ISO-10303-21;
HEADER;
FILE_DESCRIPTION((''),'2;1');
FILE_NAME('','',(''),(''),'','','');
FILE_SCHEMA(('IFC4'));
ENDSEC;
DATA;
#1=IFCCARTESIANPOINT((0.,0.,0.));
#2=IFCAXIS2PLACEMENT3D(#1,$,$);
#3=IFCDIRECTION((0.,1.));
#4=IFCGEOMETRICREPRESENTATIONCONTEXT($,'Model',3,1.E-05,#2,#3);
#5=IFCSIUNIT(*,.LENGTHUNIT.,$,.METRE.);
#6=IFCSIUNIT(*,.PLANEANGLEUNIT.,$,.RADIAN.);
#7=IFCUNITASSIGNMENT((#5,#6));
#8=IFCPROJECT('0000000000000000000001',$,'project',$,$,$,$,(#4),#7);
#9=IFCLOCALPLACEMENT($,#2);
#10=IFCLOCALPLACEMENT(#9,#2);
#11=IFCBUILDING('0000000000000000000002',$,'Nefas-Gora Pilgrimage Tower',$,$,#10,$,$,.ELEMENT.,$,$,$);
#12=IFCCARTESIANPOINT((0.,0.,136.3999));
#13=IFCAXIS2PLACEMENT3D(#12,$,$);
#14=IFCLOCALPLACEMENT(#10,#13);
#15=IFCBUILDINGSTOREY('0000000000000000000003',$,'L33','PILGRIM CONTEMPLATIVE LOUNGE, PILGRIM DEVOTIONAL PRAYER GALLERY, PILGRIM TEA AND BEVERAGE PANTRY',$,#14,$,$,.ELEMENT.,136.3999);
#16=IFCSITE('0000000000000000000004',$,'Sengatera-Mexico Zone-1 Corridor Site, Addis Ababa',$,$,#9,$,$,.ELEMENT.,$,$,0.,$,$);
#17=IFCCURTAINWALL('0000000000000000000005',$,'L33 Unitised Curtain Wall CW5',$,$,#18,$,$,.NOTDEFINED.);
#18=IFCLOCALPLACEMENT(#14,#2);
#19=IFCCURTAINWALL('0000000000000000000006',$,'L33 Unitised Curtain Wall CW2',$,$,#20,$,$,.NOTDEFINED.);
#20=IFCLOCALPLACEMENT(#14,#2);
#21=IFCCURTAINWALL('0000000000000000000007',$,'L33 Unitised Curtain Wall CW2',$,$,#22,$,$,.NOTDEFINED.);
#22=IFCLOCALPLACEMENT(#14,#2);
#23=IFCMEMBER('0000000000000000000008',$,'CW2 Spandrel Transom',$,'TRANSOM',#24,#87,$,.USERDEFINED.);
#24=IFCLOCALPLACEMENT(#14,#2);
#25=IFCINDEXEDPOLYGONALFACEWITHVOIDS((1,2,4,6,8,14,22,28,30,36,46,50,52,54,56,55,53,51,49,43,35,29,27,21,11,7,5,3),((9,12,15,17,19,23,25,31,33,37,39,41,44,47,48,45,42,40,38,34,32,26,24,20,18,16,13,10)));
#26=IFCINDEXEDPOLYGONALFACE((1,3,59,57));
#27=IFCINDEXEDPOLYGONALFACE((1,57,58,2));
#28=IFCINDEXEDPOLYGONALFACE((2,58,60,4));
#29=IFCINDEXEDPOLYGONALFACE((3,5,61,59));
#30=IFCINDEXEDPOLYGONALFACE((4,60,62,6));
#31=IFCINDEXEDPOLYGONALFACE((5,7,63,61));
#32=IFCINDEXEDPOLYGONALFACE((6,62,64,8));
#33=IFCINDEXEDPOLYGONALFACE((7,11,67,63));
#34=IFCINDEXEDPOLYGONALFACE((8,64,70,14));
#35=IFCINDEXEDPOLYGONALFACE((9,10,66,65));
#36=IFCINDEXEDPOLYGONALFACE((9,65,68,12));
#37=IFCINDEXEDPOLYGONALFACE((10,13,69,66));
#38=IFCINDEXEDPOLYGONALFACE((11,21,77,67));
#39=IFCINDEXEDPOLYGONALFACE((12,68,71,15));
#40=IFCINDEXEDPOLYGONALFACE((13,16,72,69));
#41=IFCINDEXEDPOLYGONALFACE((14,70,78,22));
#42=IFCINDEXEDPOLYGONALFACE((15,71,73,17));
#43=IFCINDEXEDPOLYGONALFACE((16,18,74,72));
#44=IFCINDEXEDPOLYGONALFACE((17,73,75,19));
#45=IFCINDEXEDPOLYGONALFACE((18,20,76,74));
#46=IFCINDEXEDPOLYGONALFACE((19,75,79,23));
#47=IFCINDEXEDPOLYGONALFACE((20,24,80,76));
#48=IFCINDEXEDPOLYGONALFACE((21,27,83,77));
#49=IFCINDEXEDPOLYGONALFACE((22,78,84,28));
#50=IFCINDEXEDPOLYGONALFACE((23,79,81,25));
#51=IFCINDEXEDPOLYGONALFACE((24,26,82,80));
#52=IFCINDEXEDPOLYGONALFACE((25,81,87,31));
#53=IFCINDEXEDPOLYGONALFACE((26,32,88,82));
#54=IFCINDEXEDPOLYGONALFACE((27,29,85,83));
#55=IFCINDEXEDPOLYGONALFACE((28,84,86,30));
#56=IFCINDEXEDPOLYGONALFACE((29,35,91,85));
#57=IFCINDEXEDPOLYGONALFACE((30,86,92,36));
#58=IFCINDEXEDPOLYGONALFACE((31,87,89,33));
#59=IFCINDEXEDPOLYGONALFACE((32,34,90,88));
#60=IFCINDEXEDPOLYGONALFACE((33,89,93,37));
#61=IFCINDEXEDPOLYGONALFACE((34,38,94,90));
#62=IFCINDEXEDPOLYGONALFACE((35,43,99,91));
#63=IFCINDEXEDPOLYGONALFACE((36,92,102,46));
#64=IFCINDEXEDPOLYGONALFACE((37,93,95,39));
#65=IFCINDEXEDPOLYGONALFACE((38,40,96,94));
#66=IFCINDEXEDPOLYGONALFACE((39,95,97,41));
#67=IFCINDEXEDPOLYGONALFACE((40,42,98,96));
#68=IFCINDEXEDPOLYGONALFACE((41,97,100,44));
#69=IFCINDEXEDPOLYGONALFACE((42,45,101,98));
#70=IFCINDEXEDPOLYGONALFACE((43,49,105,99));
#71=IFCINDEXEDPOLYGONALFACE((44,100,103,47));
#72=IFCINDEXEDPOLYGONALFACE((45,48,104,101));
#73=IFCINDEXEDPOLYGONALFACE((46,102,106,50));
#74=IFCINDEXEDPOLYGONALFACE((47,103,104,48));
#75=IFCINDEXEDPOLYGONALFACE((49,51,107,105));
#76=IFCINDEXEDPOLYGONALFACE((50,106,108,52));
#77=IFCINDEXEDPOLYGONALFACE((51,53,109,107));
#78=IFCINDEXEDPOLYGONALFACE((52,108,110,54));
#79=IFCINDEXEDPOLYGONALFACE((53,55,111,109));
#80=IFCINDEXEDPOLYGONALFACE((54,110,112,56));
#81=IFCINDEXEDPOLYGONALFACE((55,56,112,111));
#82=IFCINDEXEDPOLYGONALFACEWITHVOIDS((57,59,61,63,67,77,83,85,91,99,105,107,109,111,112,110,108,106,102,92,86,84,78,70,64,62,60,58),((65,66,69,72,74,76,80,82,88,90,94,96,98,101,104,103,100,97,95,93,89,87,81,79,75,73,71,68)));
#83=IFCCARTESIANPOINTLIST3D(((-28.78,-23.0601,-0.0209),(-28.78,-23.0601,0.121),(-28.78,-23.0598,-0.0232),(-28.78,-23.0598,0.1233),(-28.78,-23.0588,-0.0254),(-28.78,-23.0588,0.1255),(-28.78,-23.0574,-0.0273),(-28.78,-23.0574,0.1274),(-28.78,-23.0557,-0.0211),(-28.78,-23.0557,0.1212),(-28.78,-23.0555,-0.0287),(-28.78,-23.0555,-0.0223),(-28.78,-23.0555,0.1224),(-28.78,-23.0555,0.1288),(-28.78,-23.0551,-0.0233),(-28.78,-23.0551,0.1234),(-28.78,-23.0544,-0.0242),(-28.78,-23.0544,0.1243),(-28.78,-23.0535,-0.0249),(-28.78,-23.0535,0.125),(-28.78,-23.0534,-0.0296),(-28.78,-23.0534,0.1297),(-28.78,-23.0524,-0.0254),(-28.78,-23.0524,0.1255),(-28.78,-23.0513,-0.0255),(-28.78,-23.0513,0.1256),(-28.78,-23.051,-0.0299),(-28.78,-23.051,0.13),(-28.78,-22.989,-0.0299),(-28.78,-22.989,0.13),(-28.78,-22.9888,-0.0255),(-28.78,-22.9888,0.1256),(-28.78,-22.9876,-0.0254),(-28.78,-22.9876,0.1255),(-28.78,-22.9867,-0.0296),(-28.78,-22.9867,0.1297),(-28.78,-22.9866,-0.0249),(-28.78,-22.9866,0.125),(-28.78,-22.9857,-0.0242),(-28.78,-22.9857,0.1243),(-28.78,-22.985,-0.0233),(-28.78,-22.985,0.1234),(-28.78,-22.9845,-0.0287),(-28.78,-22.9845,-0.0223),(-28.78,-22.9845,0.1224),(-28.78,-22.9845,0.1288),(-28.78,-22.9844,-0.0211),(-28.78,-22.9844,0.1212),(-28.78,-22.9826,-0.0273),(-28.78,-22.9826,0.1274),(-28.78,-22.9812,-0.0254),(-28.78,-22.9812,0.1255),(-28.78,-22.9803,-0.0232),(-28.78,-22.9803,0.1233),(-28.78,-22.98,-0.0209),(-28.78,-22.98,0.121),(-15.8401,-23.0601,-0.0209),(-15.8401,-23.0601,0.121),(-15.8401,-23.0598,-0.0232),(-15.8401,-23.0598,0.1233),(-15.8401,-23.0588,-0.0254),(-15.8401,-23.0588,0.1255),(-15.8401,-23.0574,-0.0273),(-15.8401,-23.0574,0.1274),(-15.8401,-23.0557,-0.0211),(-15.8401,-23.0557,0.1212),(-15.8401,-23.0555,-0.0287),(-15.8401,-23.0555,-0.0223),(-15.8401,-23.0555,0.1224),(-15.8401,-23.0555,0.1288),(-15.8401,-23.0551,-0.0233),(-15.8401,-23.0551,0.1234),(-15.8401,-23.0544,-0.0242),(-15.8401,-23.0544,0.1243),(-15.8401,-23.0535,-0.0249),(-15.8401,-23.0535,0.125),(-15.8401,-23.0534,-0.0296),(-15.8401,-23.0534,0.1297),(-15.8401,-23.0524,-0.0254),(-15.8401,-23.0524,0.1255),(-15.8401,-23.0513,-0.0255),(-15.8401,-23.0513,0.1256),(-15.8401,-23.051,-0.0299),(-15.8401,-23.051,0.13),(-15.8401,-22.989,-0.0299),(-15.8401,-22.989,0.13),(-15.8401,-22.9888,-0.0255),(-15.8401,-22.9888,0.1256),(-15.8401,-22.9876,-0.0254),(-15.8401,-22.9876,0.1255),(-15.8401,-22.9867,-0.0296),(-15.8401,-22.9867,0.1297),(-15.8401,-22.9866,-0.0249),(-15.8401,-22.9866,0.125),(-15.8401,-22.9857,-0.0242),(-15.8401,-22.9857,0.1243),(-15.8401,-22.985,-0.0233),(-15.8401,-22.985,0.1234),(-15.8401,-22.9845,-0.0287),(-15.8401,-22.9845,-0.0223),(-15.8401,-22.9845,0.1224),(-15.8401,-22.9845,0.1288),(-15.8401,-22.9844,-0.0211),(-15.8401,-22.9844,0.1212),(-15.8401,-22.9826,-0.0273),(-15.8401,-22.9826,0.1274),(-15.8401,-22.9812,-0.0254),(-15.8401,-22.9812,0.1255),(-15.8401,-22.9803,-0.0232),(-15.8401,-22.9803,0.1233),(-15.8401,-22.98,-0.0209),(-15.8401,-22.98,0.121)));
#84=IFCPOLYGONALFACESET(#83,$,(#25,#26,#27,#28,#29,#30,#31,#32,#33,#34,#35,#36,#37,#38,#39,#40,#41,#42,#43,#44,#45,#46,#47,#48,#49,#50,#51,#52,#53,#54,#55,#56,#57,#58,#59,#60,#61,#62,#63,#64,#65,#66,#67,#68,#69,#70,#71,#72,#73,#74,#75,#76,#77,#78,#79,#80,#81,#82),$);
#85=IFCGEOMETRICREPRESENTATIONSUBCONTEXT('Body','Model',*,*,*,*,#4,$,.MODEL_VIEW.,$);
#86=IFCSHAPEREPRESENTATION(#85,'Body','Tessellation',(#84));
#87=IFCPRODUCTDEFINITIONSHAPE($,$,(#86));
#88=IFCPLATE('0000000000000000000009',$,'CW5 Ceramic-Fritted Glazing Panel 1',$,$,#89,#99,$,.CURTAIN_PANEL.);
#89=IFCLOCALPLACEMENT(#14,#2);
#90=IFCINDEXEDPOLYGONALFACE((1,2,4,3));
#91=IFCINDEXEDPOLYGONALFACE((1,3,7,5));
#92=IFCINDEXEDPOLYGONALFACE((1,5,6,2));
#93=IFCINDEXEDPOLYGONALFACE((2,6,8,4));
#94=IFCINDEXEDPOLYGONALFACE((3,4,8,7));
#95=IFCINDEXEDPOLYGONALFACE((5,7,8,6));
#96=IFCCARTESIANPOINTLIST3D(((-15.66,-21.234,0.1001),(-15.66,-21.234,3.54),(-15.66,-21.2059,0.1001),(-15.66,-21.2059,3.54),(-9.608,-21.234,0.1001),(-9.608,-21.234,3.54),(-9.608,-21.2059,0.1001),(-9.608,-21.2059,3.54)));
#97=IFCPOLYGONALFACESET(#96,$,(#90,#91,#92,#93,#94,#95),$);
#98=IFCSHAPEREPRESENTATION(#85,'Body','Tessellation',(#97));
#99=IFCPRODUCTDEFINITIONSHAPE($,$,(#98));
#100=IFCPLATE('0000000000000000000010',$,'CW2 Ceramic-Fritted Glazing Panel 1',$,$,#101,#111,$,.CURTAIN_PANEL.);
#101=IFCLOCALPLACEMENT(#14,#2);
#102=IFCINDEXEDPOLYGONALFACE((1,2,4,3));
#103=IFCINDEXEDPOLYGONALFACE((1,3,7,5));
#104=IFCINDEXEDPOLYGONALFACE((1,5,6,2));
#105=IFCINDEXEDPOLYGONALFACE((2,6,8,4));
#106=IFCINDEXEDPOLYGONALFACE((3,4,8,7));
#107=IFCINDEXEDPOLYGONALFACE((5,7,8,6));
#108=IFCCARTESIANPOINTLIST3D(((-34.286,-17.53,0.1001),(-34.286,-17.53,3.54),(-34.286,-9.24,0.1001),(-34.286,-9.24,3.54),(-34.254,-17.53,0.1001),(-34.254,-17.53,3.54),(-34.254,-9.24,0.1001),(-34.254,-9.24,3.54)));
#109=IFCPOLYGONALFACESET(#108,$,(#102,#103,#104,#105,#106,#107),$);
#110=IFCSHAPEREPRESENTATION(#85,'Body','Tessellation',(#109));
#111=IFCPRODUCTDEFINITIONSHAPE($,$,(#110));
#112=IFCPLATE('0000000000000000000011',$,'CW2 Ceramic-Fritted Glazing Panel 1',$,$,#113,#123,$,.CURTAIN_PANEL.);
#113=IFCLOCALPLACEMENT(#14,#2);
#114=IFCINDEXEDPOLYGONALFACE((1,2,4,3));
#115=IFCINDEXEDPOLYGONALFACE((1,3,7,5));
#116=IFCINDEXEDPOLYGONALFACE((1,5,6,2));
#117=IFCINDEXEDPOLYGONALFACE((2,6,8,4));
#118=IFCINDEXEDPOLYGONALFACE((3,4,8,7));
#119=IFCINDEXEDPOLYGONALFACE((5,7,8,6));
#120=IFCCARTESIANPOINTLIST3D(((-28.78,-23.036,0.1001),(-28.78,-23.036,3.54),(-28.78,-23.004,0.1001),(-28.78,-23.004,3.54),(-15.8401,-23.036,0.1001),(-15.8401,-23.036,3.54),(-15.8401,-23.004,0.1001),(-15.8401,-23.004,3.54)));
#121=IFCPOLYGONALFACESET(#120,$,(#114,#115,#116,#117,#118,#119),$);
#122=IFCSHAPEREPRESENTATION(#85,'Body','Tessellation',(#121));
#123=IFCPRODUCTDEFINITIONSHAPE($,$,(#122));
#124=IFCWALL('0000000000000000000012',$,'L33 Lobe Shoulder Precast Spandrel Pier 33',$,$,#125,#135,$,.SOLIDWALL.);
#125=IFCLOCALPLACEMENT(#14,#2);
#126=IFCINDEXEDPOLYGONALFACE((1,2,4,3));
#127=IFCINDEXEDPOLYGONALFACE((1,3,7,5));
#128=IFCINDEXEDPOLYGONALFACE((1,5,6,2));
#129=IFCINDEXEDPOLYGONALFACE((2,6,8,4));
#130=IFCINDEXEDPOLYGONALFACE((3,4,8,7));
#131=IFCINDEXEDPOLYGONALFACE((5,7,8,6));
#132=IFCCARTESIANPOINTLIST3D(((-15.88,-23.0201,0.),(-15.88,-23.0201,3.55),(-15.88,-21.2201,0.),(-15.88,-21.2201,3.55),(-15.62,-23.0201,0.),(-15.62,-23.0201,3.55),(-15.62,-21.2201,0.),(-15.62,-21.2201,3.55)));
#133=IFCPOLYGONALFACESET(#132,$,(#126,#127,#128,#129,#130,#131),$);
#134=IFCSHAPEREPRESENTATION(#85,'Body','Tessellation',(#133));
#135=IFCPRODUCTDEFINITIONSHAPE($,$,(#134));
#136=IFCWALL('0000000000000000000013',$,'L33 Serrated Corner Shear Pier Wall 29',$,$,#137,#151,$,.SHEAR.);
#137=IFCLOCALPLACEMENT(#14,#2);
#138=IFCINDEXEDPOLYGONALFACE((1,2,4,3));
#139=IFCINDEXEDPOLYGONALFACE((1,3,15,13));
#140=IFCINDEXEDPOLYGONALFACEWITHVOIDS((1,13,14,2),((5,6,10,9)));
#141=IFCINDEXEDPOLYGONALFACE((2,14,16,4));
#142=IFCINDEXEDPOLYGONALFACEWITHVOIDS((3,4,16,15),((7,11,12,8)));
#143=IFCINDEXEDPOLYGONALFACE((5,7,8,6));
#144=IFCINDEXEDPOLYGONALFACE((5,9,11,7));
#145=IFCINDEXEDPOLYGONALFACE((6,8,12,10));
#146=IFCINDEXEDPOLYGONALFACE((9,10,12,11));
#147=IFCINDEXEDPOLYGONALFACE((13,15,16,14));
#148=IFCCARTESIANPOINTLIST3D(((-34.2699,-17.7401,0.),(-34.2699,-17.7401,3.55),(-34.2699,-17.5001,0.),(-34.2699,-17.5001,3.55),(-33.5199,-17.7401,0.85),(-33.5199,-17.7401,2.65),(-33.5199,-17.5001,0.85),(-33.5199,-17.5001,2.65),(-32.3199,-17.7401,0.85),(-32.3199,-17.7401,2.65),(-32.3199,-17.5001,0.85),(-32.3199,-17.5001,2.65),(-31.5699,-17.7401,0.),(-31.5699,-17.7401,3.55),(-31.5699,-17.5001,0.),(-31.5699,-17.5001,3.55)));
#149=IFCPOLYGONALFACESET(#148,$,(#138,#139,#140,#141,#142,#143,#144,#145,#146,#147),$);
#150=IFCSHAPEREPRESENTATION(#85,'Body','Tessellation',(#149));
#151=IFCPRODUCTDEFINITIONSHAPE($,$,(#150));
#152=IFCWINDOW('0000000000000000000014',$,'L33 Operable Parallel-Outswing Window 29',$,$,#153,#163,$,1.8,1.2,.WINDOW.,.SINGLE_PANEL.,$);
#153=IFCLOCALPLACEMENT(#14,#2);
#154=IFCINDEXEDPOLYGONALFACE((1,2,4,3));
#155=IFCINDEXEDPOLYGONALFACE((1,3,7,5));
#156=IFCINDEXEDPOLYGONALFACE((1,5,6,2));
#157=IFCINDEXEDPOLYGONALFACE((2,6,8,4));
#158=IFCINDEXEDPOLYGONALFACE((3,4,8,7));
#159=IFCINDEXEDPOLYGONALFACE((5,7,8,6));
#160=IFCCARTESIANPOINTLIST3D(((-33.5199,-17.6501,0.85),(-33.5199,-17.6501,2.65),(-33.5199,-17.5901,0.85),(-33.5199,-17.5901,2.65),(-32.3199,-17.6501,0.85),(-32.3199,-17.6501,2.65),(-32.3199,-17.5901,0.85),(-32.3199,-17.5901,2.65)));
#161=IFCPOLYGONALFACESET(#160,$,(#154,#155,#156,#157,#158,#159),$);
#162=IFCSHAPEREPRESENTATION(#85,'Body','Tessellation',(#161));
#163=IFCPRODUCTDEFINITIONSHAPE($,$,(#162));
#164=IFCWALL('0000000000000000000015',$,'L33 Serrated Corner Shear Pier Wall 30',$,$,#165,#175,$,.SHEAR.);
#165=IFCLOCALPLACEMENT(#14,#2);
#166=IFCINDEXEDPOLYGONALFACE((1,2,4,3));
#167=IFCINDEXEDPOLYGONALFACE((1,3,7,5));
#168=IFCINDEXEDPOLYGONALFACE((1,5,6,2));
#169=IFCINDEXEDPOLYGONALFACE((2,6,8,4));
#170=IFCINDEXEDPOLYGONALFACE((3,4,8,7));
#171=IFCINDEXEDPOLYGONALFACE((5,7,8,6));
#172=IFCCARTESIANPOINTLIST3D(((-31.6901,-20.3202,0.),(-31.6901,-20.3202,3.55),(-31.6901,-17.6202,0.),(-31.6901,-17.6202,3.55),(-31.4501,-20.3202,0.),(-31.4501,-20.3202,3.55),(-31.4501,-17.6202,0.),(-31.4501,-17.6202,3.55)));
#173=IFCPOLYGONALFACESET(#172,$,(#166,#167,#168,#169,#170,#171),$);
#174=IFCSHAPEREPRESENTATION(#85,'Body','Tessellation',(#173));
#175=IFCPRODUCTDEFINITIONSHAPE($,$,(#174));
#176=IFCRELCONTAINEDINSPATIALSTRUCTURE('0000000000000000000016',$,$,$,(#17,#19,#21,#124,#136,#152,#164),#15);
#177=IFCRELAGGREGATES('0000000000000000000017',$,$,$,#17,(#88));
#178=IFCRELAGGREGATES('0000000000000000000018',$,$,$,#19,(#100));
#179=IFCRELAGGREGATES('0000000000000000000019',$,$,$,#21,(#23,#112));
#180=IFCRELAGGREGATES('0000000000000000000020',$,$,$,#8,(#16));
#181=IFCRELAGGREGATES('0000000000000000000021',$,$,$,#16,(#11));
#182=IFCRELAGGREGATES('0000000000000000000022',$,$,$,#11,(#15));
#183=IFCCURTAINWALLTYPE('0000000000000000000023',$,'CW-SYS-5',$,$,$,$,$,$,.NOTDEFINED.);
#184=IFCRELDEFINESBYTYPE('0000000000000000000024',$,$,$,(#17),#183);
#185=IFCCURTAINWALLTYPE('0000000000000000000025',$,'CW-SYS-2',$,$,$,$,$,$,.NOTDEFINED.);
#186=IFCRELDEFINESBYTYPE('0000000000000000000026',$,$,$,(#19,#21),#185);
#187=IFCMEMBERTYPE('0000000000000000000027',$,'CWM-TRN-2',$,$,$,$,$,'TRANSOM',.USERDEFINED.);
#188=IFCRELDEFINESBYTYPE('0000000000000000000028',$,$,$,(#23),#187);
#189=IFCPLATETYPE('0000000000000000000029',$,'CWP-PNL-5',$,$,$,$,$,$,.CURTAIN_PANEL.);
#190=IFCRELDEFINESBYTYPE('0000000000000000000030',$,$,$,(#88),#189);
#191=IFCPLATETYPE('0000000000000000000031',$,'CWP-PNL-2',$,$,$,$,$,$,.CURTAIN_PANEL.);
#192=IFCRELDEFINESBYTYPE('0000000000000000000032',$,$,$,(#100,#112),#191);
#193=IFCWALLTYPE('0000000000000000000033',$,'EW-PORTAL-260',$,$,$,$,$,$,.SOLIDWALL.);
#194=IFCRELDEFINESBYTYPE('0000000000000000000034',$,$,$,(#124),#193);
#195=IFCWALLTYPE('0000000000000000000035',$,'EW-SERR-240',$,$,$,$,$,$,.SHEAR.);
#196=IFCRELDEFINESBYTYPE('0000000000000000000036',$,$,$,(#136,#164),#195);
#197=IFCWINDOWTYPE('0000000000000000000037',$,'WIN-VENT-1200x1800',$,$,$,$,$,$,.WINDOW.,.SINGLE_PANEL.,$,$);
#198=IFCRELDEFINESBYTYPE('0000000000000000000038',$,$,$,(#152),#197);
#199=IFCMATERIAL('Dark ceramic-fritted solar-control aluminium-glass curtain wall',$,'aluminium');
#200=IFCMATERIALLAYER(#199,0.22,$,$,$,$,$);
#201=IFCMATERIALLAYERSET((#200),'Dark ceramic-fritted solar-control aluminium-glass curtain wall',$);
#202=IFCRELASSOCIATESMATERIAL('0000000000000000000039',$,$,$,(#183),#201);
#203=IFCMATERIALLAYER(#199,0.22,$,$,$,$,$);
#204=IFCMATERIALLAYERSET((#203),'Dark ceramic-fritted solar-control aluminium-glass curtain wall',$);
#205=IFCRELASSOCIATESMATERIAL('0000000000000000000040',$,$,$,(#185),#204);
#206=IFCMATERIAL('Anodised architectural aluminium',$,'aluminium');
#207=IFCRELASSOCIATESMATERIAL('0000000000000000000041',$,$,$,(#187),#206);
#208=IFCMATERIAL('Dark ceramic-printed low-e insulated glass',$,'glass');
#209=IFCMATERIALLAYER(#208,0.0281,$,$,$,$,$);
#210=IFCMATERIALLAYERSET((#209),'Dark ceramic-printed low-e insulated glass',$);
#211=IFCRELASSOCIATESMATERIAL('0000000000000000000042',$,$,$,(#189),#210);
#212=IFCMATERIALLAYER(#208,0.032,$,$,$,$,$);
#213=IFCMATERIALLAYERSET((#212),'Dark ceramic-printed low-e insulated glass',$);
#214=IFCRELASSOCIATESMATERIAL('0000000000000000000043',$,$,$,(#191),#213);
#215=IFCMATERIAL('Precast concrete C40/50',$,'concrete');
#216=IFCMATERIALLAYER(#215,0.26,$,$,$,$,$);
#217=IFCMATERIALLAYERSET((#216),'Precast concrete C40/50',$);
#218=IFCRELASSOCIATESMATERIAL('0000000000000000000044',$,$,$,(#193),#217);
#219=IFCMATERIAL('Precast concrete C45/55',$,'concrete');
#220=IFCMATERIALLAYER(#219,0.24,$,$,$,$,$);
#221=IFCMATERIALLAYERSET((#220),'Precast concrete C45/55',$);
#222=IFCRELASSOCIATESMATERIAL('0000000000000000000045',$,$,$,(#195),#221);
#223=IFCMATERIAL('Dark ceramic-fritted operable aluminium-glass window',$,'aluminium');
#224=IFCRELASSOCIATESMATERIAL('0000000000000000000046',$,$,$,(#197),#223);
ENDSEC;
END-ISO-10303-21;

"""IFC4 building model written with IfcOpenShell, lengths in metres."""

from ifc_helpers import new_model, si_unit, direction, frame, frame_2d, origin, origin_2d, place, context, subcontext, project, spatial, rectangle, hollow_rectangle, extrude, source, transform, mapped, material, layer, layer_set, material_profile, profile_set, type_object, element, fill, aggregate, save


model = new_model("IFC4")

# Units and contexts
model_context = context("Model", 3, precision=1e-05, world=origin(), true_north=direction((0.0, 1.0)))
body_context = subcontext(model_context, "Body", "Model", "MODEL_VIEW")
ifc_project = project(units=[si_unit("LENGTHUNIT", "METRE"), si_unit("PLANEANGLEUNIT", "RADIAN")], contexts=[model_context])

# Site, building, storey
site_placement = place(None, origin())
site = spatial("IfcSite", under=ifc_project, at=site_placement, Name="Sengatera-Mexico Zone-1 Corridor Site, Addis Ababa", CompositionType="ELEMENT", RefElevation=0.0)
building_placement = place(site_placement, origin())
building = spatial("IfcBuilding", under=site, at=building_placement, Name="Nefas-Gora Pilgrimage Tower", CompositionType="ELEMENT")
storey_placement = place(building_placement, frame((0.0, 0.0, 136.3999)))
storey = spatial("IfcBuildingStorey", under=building, at=storey_placement, Name="L33", Description="PILGRIM CONTEMPLATIVE LOUNGE, PILGRIM DEVOTIONAL PRAYER GALLERY, PILGRIM TEA AND BEVERAGE PANTRY", CompositionType="ELEMENT", Elevation=136.3999)

# Curtain wall
ifc_material_1 = material(Name="Dark ceramic-fritted solar-control aluminium-glass curtain wall", Category="aluminium")
ifc_layer_1 = layer(ifc_material_1, 0.22)
ifc_layer_set_1 = layer_set([ifc_layer_1], Name="Dark ceramic-fritted solar-control aluminium-glass curtain wall")
curtain_wall_type_1 = type_object("IfcCurtainWallType", Name="CW-SYS-5", PredefinedType="NOTDEFINED", material=ifc_layer_set_1)
curtain_wall_1_placement = place(storey_placement, origin())
curtain_wall_1 = element("IfcCurtainWall", 1, at=curtain_wall_1_placement, inside=storey, type_object=curtain_wall_type_1, Name="L33 Unitised Curtain Wall CW5", PredefinedType="NOTDEFINED")
ifc_material_2 = material(Name="Anodised architectural aluminium", Category="aluminium")

# Curtain wall
ifc_layer_2 = layer(ifc_material_1, 0.22)
ifc_layer_set_2 = layer_set([ifc_layer_2], Name="Dark ceramic-fritted solar-control aluminium-glass curtain wall")
curtain_wall_type_2 = type_object("IfcCurtainWallType", Name="CW-SYS-2", PredefinedType="NOTDEFINED", material=ifc_layer_set_2)
curtain_wall_2_placement = place(storey_placement, origin())
curtain_wall_2 = element("IfcCurtainWall", 2, at=curtain_wall_2_placement, inside=storey, type_object=curtain_wall_type_2, Name="L33 Unitised Curtain Wall CW2", PredefinedType="NOTDEFINED")

# Curtain wall
curtain_wall_3_placement = place(storey_placement, origin())
curtain_wall_3 = element("IfcCurtainWall", 3, at=curtain_wall_3_placement, inside=storey, type_object=curtain_wall_type_2, Name="L33 Unitised Curtain Wall CW2", PredefinedType="NOTDEFINED")

# Member
ifc_material_profile_1 = material_profile(ifc_material_2, hollow_rectangle(XDim=0.0801, YDim=0.1599, WallThickness=0.0044, InnerFilletRadius=0.0044, OuterFilletRadius=0.009, at=origin_2d()), Name="ALU TRANSOM 80x160")
ifc_profile_set_1 = profile_set([ifc_material_profile_1], Name="Anodised architectural aluminium")
member_type_1 = type_object("IfcMemberType", Name="CWM-TRN-2", ElementType="TRANSOM", PredefinedType="USERDEFINED", material=ifc_profile_set_1)
shared_shape_1 = source(origin(), body_context, "Body", "SweptSolid", [
    extrude(hollow_rectangle(XDim=0.0801, YDim=0.1599, WallThickness=0.0044, InnerFilletRadius=0.0044, OuterFilletRadius=0.009, at=origin_2d()), origin(), (0.0, 0.0, 1.0), 12.9399),
])
member_1_placement = place(storey_placement, frame((-28.78, -23.02, 0.05), z_axis=(1.0, 0.0, 0.0), x_axis=(0.0, 1.0, 0.0)))
member_1 = element("IfcMember", 4, at=member_1_placement, type_object=member_type_1, Name="CW2 Spandrel Transom", ObjectType="TRANSOM", PredefinedType="USERDEFINED", context=body_context, shape_type="MappedRepresentation", body=[
    mapped(shared_shape_1, transform((0.0, 0.0, 0.0), x_axis=(1.0, 0.0, 0.0), y_axis=(0.0, 1.0, 0.0), z_axis=(0.0, 0.0, 1.0), scale=1.0)),
])

# Plates
ifc_material_3 = material(Name="Dark ceramic-printed low-e insulated glass", Category="glass")
ifc_layer_3 = layer(ifc_material_3, 0.0281)
ifc_layer_set_3 = layer_set([ifc_layer_3], Name="Dark ceramic-printed low-e insulated glass")
plate_type_1 = type_object("IfcPlateType", Name="CWP-PNL-5", PredefinedType="CURTAIN_PANEL", material=ifc_layer_set_3)
shared_shape_2 = source(origin(), body_context, "Body", "SweptSolid", [
    extrude(rectangle(XDim=6.052, YDim=0.0281, at=origin_2d()), origin(), (0.0, 0.0, 1.0), 3.4399),
])
plate_1_placement = place(storey_placement, frame((-12.634, -21.22, 0.1001), z_axis=(0.0, 0.0, 1.0), x_axis=(1.0, 0.0, 0.0)))
plate_1 = element("IfcPlate", 5, at=plate_1_placement, type_object=plate_type_1, Name="CW5 Ceramic-Fritted Glazing Panel 1", PredefinedType="CURTAIN_PANEL", context=body_context, shape_type="MappedRepresentation", body=[
    mapped(shared_shape_2, transform((0.0, 0.0, 0.0), x_axis=(1.0, 0.0, 0.0), y_axis=(0.0, 1.0, 0.0), z_axis=(0.0, 0.0, 1.0), scale=1.0)),
])
aggregate(curtain_wall_1, [plate_1])
ifc_layer_4 = layer(ifc_material_3, 0.032)
ifc_layer_set_4 = layer_set([ifc_layer_4], Name="Dark ceramic-printed low-e insulated glass")
plate_type_2 = type_object("IfcPlateType", Name="CWP-PNL-2", PredefinedType="CURTAIN_PANEL", material=ifc_layer_set_4)
shared_shape_3 = source(origin(), body_context, "Body", "SweptSolid", [
    extrude(rectangle(XDim=8.29, YDim=0.032, at=origin_2d()), origin(), (0.0, 0.0, 1.0), 3.4399),
])
plate_2_placement = place(storey_placement, frame((-34.27, -13.385, 0.1001), z_axis=(0.0, 0.0, 1.0), x_axis=(0.0, -1.0, 0.0)))
plate_2 = element("IfcPlate", 6, at=plate_2_placement, type_object=plate_type_2, Name="CW2 Ceramic-Fritted Glazing Panel 1", PredefinedType="CURTAIN_PANEL", context=body_context, shape_type="MappedRepresentation", body=[
    mapped(shared_shape_3, transform((0.0, 0.0, 0.0), x_axis=(1.0, 0.0, 0.0), y_axis=(0.0, 1.0, 0.0), z_axis=(0.0, 0.0, 1.0), scale=1.0)),
])
aggregate(curtain_wall_2, [plate_2])
shared_shape_4 = source(origin(), body_context, "Body", "SweptSolid", [
    extrude(rectangle(XDim=12.9399, YDim=0.032, at=origin_2d()), origin(), (0.0, 0.0, 1.0), 3.4399),
])
plate_3_placement = place(storey_placement, frame((-22.3101, -23.02, 0.1001), z_axis=(0.0, 0.0, 1.0), x_axis=(1.0, 0.0, 0.0)))
plate_3 = element("IfcPlate", 7, at=plate_3_placement, type_object=plate_type_2, Name="CW2 Ceramic-Fritted Glazing Panel 1", PredefinedType="CURTAIN_PANEL", context=body_context, shape_type="MappedRepresentation", body=[
    mapped(shared_shape_4, transform((0.0, 0.0, 0.0), x_axis=(1.0, 0.0, 0.0), y_axis=(0.0, 1.0, 0.0), z_axis=(0.0, 0.0, 1.0), scale=1.0)),
])
aggregate(curtain_wall_3, [member_1, plate_3])

# Wall
ifc_material_4 = material(Name="Precast concrete C40/50", Category="concrete")
ifc_layer_5 = layer(ifc_material_4, 0.26)
ifc_layer_set_5 = layer_set([ifc_layer_5], Name="Precast concrete C40/50")
wall_type_1 = type_object("IfcWallType", Name="EW-PORTAL-260", PredefinedType="SOLIDWALL", material=ifc_layer_set_5)
shared_shape_5 = source(origin(), body_context, "Body", "SweptSolid", [
    extrude(rectangle(XDim=1.8, YDim=0.26, at=frame_2d((0.8999, 0.0))), origin(), (0.0, 0.0, 1.0), 3.55),
])
wall_1_placement = place(storey_placement, frame((-15.75, -23.02, 0.0), z_axis=(0.0, 0.0, 1.0), x_axis=(0.0, 1.0, 0.0)))
element("IfcWall", 8, at=wall_1_placement, inside=storey, type_object=wall_type_1, Name="L33 Lobe Shoulder Precast Spandrel Pier 33", PredefinedType="SOLIDWALL", context=body_context, shape_type="MappedRepresentation", body=[
    mapped(shared_shape_5, transform((0.0, 0.0, 0.0), x_axis=(1.0, 0.0, 0.0), y_axis=(0.0, 1.0, 0.0), z_axis=(0.0, 0.0, 1.0), scale=1.0)),
])

# Wall, opening, window
ifc_material_5 = material(Name="Precast concrete C45/55", Category="concrete")
ifc_layer_6 = layer(ifc_material_5, 0.24)
ifc_layer_set_6 = layer_set([ifc_layer_6], Name="Precast concrete C45/55")
wall_type_2 = type_object("IfcWallType", Name="EW-SERR-240", PredefinedType="SHEAR", material=ifc_layer_set_6)
shared_shape_6 = source(origin(), body_context, "Body", "SweptSolid", [
    extrude(rectangle(XDim=2.7, YDim=0.24, at=frame_2d((1.3501, 0.0))), origin(), (0.0, 0.0, 1.0), 3.55),
])
wall_2_placement = place(storey_placement, frame((-34.27, -17.6201, 0.0), z_axis=(0.0, 0.0, 1.0), x_axis=(1.0, 0.0, 0.0)))
wall_2 = element("IfcWall", 9, at=wall_2_placement, inside=storey, type_object=wall_type_2, Name="L33 Serrated Corner Shear Pier Wall 29", PredefinedType="SHEAR", context=body_context, shape_type="MappedRepresentation", body=[
    mapped(shared_shape_6, transform((0.0, 0.0, 0.0), x_axis=(1.0, 0.0, 0.0), y_axis=(0.0, 1.0, 0.0), z_axis=(0.0, 0.0, 1.0), scale=1.0)),
])
opening_1_placement = place(wall_2_placement, frame((0.75, 0.0, 0.8501)))
opening_1 = element("IfcOpeningElement", 10, at=opening_1_placement, cuts=wall_2, PredefinedType="OPENING", context=body_context, shape_type="SweptSolid", body=[
    extrude(rectangle(XDim=1.2, YDim=1.8, at=frame_2d((0.6001, 0.8999))), frame((0.0, 0.1299, 0.0), z_axis=(0.0, -1.0, 0.0), x_axis=(1.0, 0.0, 0.0)), (0.0, 0.0, 1.0), 0.26),
])
ifc_material_6 = material(Name="Dark ceramic-fritted operable aluminium-glass window", Category="aluminium")
window_type = type_object("IfcWindowType", Name="WIN-VENT-1200x1800", PartitioningType="SINGLE_PANEL", PredefinedType="WINDOW", material=ifc_material_6)
shared_shape_7 = source(origin(), body_context, "Body", "SweptSolid", [
    extrude(rectangle(XDim=1.2, YDim=1.8, at=frame_2d((0.6001, 0.8999))), frame((0.0, 0.03, 0.0), z_axis=(0.0, -1.0, 0.0), x_axis=(1.0, 0.0, 0.0)), (0.0, 0.0, 1.0), 0.0601),
])
window_placement = place(opening_1_placement, origin())
window = element("IfcWindow", 11, at=window_placement, inside=storey, type_object=window_type, Name="L33 Operable Parallel-Outswing Window 29", OverallHeight=1.8, OverallWidth=1.2, PartitioningType="SINGLE_PANEL", PredefinedType="WINDOW", context=body_context, shape_type="MappedRepresentation", body=[
    mapped(shared_shape_7, transform((0.0, 0.0, 0.0), x_axis=(1.0, 0.0, 0.0), y_axis=(0.0, 1.0, 0.0), z_axis=(0.0, 0.0, 1.0), scale=1.0)),
])
fill(opening_1, window)

# Wall
for number, where, z_axis, x_axis, name in (
    (12, (-31.5701, -17.6201, 0.0), (0.0, 0.0, 1.0), (0.0, -1.0, 0.0), "L33 Serrated Corner Shear Pier Wall 30"),
):
    element("IfcWall", number, at=place(storey_placement, frame(where, z_axis=z_axis, x_axis=x_axis)), inside=storey, type_object=wall_type_2, Name=name, PredefinedType="SHEAR", context=body_context, shape_type="MappedRepresentation", body=[
        mapped(shared_shape_6, transform((0.0, 0.0, 0.0), x_axis=(1.0, 0.0, 0.0), y_axis=(0.0, 1.0, 0.0), z_axis=(0.0, 0.0, 1.0), scale=1.0)),
    ])

save(model, "model.ifc")
